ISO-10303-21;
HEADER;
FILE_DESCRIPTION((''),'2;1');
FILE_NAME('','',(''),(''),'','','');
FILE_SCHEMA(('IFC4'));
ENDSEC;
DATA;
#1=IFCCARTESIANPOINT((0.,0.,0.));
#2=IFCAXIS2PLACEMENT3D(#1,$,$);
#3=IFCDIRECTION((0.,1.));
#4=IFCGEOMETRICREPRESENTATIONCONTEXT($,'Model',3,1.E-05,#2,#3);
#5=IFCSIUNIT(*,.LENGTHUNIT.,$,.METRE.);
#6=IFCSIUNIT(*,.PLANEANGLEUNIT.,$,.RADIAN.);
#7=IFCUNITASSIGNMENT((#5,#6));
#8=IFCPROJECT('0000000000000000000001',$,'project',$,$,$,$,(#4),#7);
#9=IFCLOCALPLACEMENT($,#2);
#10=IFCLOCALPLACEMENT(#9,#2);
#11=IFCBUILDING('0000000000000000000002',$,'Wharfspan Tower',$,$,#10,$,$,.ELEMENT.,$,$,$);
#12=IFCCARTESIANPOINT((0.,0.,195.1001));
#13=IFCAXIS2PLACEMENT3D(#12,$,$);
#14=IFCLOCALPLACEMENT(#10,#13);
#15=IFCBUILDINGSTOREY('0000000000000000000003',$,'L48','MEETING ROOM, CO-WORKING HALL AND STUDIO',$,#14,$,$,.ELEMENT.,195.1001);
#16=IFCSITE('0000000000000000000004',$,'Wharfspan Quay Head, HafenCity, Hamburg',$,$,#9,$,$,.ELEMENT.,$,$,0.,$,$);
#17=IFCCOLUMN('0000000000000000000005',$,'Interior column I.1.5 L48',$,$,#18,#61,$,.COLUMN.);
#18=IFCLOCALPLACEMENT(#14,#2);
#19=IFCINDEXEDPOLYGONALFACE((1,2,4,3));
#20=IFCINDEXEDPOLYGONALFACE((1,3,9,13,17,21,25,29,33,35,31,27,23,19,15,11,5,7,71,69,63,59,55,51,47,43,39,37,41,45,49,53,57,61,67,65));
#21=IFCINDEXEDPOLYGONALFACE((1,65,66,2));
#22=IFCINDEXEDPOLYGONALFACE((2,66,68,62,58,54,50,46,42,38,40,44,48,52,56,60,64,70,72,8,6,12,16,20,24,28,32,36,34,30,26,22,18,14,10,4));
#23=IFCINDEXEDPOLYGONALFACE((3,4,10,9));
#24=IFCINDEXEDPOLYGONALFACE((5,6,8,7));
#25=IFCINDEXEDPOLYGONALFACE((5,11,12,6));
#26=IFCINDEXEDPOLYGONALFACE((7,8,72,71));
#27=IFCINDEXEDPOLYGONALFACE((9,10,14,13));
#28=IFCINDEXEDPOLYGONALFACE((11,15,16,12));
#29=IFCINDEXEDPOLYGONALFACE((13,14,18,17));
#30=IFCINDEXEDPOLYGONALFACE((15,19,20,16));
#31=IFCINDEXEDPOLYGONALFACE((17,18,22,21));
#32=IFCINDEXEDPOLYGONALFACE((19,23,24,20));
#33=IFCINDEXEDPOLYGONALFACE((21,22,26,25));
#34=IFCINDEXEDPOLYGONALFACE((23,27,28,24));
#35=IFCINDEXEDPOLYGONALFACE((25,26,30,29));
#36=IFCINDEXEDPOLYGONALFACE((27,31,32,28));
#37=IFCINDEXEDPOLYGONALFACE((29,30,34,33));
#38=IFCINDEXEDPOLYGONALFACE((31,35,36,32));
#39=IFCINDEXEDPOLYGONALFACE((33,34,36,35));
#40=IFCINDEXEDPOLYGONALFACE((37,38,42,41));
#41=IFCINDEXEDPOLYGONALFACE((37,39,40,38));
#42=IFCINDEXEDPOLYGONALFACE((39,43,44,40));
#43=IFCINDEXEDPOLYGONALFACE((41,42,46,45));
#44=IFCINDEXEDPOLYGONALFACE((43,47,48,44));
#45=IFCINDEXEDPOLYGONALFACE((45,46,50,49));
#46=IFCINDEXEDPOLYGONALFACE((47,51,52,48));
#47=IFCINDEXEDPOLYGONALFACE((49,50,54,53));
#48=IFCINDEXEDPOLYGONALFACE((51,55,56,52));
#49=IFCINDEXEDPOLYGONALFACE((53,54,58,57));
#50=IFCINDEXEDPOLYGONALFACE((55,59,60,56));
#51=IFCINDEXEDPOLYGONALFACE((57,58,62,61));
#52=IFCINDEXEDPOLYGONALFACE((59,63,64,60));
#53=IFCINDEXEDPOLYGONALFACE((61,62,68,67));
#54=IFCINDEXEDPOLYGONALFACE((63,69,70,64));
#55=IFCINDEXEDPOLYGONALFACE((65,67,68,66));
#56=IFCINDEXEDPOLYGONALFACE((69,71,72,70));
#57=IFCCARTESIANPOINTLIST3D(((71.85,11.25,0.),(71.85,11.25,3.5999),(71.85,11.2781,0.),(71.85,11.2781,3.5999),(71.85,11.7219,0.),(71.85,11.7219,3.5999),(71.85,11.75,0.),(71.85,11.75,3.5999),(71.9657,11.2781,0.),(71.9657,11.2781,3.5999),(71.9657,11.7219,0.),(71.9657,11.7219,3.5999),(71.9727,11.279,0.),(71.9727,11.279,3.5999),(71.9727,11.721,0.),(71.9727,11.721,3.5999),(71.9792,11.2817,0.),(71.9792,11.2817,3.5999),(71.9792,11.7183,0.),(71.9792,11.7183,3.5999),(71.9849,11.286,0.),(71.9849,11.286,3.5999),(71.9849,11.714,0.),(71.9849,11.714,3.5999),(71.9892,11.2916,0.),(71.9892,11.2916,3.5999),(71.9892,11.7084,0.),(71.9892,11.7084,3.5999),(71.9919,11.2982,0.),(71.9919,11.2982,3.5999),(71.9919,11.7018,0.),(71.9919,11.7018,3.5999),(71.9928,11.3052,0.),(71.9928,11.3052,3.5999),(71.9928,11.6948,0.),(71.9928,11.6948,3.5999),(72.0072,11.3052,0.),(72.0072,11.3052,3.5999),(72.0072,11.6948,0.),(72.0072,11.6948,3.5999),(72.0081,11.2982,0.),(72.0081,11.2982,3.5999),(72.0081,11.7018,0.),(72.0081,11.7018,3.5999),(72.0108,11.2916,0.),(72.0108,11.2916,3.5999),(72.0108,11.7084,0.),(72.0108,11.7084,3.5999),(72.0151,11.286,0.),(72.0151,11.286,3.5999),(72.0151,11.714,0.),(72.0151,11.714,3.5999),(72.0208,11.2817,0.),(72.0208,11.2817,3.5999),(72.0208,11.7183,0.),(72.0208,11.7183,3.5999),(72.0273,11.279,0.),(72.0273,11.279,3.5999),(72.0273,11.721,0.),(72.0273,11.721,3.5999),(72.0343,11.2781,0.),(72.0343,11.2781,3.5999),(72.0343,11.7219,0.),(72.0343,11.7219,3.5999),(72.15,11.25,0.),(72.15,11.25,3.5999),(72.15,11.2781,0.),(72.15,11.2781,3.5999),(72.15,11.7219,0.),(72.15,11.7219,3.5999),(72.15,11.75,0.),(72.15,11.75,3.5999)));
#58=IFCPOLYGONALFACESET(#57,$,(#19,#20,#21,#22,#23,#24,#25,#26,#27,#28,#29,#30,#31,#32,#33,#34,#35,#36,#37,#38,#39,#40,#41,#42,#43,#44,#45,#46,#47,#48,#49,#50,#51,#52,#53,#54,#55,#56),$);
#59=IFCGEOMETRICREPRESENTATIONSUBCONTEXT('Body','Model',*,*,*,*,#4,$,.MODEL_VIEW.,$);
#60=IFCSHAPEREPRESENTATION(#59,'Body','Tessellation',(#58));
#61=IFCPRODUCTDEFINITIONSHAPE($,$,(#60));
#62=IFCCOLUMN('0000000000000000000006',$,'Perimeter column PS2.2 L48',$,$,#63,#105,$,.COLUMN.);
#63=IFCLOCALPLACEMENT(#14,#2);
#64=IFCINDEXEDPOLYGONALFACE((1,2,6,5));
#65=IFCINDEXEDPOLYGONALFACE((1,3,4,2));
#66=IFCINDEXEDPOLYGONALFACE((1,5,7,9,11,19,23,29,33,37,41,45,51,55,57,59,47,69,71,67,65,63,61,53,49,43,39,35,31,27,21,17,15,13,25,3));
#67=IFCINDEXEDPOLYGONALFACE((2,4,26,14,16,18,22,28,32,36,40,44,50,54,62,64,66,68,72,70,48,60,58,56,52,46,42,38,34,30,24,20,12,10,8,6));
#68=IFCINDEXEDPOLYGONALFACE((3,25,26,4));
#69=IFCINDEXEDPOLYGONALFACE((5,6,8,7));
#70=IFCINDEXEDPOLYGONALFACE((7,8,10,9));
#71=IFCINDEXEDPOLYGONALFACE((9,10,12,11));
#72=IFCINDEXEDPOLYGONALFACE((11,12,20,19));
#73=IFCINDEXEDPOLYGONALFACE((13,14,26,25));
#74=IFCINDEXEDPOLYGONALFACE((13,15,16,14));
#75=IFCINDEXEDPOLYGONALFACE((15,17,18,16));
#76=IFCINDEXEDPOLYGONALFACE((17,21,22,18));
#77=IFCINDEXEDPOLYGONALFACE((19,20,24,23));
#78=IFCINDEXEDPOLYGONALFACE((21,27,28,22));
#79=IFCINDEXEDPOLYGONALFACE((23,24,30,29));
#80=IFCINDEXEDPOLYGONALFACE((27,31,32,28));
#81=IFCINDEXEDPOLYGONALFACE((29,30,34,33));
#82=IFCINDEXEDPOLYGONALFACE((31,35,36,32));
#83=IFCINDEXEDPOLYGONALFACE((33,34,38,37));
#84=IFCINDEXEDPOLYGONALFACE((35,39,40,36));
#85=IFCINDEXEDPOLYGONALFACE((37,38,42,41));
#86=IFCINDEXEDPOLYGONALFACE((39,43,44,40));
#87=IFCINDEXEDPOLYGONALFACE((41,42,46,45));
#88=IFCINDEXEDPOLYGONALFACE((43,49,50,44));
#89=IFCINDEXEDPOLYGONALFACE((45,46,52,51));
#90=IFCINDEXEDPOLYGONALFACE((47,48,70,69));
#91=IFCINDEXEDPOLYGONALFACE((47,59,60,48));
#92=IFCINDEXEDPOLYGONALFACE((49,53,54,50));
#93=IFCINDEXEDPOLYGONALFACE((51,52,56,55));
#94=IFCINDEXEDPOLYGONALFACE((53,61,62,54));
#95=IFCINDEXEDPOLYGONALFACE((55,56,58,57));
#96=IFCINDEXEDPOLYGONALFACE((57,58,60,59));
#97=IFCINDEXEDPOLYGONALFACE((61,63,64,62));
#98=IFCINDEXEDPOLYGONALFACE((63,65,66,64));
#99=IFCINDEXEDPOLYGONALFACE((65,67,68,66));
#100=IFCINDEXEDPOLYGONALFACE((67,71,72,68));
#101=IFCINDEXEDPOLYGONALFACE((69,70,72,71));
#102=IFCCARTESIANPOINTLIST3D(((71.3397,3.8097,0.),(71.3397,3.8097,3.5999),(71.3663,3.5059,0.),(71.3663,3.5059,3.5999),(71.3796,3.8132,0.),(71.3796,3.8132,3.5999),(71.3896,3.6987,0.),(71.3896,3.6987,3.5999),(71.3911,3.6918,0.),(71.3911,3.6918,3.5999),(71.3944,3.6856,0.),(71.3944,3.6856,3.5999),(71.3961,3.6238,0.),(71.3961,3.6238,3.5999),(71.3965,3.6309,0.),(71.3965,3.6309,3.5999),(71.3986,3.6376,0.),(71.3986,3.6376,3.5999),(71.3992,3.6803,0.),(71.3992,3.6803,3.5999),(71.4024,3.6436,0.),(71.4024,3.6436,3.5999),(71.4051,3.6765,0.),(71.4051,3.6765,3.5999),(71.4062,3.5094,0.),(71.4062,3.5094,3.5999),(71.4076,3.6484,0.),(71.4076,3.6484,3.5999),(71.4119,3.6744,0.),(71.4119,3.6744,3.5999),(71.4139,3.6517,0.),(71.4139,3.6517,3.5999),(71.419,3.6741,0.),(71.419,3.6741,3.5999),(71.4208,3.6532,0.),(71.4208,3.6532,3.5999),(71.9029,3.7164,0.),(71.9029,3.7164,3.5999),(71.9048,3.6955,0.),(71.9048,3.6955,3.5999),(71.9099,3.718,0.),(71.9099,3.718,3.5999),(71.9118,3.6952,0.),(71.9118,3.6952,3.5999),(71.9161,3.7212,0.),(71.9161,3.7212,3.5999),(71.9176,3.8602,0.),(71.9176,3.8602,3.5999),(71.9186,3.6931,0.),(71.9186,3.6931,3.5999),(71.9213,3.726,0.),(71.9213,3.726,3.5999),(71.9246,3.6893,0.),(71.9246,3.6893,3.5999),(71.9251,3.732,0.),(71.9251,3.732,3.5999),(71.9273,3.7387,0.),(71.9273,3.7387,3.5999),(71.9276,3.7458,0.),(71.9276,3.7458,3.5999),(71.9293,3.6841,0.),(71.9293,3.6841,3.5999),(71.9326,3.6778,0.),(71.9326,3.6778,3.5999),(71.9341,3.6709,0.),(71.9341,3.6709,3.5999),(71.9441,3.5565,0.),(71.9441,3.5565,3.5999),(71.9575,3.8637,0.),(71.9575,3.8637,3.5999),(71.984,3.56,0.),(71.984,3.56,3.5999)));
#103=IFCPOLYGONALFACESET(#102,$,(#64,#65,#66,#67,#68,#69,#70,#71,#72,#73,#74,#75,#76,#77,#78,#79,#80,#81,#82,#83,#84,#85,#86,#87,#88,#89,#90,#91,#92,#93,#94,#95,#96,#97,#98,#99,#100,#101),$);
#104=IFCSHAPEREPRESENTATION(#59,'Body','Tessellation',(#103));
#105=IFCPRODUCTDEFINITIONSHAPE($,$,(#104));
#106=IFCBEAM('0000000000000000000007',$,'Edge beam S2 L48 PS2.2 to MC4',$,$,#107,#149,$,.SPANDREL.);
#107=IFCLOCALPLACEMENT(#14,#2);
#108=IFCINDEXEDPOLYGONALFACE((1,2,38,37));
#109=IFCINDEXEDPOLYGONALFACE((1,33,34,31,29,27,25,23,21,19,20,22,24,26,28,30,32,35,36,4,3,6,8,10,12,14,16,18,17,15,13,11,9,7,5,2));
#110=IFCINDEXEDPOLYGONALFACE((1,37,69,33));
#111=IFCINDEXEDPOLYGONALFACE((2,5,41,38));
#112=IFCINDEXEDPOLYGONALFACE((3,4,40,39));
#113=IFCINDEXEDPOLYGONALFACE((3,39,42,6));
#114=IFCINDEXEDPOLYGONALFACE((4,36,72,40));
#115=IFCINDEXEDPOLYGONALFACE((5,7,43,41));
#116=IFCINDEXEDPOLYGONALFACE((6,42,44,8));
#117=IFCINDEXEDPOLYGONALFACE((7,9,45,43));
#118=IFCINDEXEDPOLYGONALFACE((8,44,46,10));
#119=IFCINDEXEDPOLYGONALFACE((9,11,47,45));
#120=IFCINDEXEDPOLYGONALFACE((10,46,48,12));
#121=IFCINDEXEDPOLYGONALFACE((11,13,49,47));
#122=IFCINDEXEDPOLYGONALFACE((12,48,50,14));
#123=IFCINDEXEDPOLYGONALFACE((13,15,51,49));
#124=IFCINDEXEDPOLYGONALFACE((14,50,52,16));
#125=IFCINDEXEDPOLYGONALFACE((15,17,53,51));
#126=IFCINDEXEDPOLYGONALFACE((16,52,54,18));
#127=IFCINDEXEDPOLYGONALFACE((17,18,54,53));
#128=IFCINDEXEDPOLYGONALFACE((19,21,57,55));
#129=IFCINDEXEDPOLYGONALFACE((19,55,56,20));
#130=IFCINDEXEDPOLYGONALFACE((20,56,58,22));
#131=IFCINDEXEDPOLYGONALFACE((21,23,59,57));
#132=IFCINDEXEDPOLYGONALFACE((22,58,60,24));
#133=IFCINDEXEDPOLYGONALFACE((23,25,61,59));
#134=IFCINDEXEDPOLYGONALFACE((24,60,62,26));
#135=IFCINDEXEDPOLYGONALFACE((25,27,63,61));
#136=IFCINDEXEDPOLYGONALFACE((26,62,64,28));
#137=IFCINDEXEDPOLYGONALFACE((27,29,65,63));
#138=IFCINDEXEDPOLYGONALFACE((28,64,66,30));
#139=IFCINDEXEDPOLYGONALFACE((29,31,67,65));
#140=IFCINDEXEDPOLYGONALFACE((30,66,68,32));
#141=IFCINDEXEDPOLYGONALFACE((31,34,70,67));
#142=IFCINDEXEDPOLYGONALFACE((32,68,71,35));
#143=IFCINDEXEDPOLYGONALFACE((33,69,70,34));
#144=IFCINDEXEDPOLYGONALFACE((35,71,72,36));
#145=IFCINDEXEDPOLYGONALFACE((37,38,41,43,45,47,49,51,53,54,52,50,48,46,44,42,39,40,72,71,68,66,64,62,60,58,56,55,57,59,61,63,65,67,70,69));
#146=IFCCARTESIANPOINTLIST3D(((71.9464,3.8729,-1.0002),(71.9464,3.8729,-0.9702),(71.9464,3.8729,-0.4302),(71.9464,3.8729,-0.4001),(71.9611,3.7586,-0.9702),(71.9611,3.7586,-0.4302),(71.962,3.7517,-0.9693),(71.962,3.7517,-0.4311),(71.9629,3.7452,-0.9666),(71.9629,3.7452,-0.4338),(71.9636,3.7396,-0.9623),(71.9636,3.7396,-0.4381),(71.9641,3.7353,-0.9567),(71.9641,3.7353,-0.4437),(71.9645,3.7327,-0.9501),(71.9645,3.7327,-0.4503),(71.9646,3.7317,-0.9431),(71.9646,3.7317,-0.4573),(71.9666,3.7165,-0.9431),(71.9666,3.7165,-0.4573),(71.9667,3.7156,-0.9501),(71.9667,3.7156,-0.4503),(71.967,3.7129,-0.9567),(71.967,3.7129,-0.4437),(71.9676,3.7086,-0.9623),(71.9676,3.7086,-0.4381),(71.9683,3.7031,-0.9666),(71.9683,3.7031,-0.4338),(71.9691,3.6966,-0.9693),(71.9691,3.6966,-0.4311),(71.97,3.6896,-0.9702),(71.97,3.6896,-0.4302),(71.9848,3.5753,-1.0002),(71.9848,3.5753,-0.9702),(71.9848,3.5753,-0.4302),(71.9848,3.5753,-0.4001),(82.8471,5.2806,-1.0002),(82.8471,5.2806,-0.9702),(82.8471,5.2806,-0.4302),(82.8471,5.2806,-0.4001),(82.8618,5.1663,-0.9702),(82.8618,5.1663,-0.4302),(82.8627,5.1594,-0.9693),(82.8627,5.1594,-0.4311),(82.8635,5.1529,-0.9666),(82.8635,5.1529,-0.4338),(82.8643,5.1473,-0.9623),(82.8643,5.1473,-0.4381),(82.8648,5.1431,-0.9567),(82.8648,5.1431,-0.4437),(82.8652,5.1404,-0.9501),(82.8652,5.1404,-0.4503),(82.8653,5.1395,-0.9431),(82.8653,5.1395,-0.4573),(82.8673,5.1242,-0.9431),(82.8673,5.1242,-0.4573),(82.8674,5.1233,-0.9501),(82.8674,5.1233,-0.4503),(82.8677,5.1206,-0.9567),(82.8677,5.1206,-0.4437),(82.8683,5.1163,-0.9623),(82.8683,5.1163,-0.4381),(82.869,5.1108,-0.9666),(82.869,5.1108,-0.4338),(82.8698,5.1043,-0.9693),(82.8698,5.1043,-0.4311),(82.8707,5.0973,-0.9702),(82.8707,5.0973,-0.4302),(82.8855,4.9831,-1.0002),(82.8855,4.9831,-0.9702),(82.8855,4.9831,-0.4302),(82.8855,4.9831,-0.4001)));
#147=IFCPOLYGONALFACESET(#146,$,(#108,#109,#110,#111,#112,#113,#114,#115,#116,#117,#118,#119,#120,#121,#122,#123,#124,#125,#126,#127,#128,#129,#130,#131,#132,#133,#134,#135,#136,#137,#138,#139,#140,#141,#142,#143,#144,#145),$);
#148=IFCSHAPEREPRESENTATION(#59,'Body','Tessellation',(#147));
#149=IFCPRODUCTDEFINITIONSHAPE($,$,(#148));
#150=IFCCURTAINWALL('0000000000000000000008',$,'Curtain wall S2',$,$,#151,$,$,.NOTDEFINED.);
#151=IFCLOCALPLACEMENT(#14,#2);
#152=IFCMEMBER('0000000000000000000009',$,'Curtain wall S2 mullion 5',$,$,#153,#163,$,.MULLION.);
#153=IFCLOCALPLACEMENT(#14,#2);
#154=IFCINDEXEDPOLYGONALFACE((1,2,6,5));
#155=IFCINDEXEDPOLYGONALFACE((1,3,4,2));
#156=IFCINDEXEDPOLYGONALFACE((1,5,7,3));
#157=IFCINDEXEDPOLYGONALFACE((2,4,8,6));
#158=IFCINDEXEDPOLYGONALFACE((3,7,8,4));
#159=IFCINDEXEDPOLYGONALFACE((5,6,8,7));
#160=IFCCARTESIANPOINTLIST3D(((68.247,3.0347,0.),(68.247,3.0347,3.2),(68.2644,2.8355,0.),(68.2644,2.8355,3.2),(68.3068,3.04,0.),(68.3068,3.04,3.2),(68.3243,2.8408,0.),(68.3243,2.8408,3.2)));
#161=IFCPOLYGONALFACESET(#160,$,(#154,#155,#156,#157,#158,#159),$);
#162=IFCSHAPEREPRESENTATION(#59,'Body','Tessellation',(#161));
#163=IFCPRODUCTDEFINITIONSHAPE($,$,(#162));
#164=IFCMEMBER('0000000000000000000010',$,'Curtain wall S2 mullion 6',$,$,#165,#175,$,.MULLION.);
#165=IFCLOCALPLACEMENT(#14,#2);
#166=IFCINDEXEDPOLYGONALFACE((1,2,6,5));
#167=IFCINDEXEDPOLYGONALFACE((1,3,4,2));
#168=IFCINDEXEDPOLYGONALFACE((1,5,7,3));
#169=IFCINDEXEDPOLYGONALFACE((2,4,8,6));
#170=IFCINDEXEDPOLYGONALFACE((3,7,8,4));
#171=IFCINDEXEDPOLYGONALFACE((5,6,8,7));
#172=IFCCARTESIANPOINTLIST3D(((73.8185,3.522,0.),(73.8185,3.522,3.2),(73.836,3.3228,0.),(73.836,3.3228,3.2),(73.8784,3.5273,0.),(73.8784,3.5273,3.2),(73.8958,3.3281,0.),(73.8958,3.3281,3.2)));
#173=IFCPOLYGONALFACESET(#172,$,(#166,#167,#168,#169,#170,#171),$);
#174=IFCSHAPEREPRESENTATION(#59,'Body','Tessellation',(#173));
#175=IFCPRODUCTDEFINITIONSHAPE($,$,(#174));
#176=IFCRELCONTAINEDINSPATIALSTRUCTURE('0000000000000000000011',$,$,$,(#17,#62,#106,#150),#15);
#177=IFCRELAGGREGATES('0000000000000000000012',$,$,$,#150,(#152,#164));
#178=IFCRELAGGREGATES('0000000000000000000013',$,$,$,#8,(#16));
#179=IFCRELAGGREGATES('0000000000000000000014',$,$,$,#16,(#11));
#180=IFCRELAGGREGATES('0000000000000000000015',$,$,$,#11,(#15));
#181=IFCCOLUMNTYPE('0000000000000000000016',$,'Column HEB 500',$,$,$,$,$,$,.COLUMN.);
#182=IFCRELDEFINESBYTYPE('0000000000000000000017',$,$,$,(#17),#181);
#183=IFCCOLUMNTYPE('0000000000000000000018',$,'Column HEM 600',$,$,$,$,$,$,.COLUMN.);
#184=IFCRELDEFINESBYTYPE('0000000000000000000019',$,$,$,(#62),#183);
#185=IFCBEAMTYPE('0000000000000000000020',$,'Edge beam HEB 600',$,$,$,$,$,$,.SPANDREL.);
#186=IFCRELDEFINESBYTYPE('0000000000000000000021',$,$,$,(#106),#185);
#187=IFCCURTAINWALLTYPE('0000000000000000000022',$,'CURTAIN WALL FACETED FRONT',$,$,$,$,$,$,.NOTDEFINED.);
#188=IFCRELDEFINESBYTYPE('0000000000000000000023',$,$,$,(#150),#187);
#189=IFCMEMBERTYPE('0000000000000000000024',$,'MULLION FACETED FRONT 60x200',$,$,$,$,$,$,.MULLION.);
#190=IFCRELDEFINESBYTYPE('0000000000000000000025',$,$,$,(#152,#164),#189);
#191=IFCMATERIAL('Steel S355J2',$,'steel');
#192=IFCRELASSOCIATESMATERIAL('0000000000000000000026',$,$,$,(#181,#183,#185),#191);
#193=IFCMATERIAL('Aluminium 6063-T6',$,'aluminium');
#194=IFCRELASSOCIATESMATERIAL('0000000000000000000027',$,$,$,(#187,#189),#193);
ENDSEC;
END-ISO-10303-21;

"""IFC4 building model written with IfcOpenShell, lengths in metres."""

from ifc_helpers import new_model, si_unit, direction, frame, origin, origin_2d, place, context, subcontext, project, spatial, rectangle, i_section, extrude, material, material_profile, profile_set, type_object, element, aggregate, save


model = new_model("IFC4")

# Units and contexts
model_context = context("Model", 3, precision=1e-05, world=origin(), true_north=direction((0.0, 1.0)))
body_context = subcontext(model_context, "Body", "Model", "MODEL_VIEW")
ifc_project = project(units=[si_unit("LENGTHUNIT", "METRE"), si_unit("PLANEANGLEUNIT", "RADIAN")], contexts=[model_context])

# Site, building, storey
site_placement = place(None, origin())
site = spatial("IfcSite", under=ifc_project, at=site_placement, Name="Wharfspan Quay Head, HafenCity, Hamburg", CompositionType="ELEMENT", RefElevation=0.0)
building_placement = place(site_placement, origin())
building = spatial("IfcBuilding", under=site, at=building_placement, Name="Wharfspan Tower", CompositionType="ELEMENT")
storey_placement = place(building_placement, frame((0.0, 0.0, 195.1001)))
storey = spatial("IfcBuildingStorey", under=building, at=storey_placement, Name="L48", Description="MEETING ROOM, CO-WORKING HALL AND STUDIO", CompositionType="ELEMENT", Elevation=195.1001)

# Columns
ifc_material_1 = material(Name="Steel S355J2", Category="steel")
ifc_material_profile_1 = material_profile(ifc_material_1, i_section(OverallWidth=0.3, OverallDepth=0.5, WebThickness=0.0144, FlangeThickness=0.0281, FilletRadius=0.0271, at=origin_2d()))
ifc_profile_set_1 = profile_set([ifc_material_profile_1], Name="Steel S355J2")
column_type_1 = type_object("IfcColumnType", Name="Column HEB 500", PredefinedType="COLUMN", material=ifc_profile_set_1)
column_1_placement = place(storey_placement, frame((72.0, 11.5, 0.0), z_axis=(0.0, 0.0, 1.0), x_axis=(1.0, 0.0, 0.0)))
element("IfcColumn", 1, at=column_1_placement, inside=storey, type_object=column_type_1, Name="Interior column I.1.5 L48", PredefinedType="COLUMN", context=body_context, shape_type="SweptSolid", body=[
    extrude(i_section(OverallWidth=0.3, OverallDepth=0.5, WebThickness=0.0144, FlangeThickness=0.0281, FilletRadius=0.0271, at=origin_2d()), origin(), (0.0, 0.0, 1.0), 3.5999),
])
ifc_material_profile_2 = material_profile(ifc_material_1, i_section(OverallWidth=0.3049, OverallDepth=0.6201, WebThickness=0.021, FlangeThickness=0.04, FilletRadius=0.0271, at=origin_2d()))
ifc_profile_set_2 = profile_set([ifc_material_profile_2], Name="Steel S355J2")
column_type_2 = type_object("IfcColumnType", Name="Column HEM 600", PredefinedType="COLUMN", material=ifc_profile_set_2)
column_2_placement = place(storey_placement, frame((71.6619, 3.6848, 0.0), z_axis=(0.0, 0.0, 1.0), x_axis=(0.087156, -0.996198, 0.0)))
element("IfcColumn", 2, at=column_2_placement, inside=storey, type_object=column_type_2, Name="Perimeter column PS2.2 L48", PredefinedType="COLUMN", context=body_context, shape_type="SweptSolid", body=[
    extrude(i_section(OverallWidth=0.3049, OverallDepth=0.6201, WebThickness=0.021, FlangeThickness=0.04, FilletRadius=0.0271, at=origin_2d()), origin(), (0.0, 0.0, 1.0), 3.5999),
])

# Beam
ifc_material_profile_3 = material_profile(ifc_material_1, i_section(OverallWidth=0.3, OverallDepth=0.6001, WebThickness=0.0154, FlangeThickness=0.03, FilletRadius=0.0271, at=origin_2d()))
ifc_profile_set_3 = profile_set([ifc_material_profile_3], Name="Steel S355J2")
beam_type = type_object("IfcBeamType", Name="Edge beam HEB 600", PredefinedType="SPANDREL", material=ifc_profile_set_3)
beam_placement = place(storey_placement, frame((71.9656, 3.7241, -0.7002), z_axis=(0.991764, 0.128077, 0.0), x_axis=(-0.128077, 0.991764, 0.0)))
element("IfcBeam", 3, at=beam_placement, inside=storey, type_object=beam_type, Name="Edge beam S2 L48 PS2.2 to MC4", PredefinedType="SPANDREL", context=body_context, shape_type="SweptSolid", body=[
    extrude(i_section(OverallWidth=0.3, OverallDepth=0.6001, WebThickness=0.0154, FlangeThickness=0.03, FilletRadius=0.0271, at=origin_2d()), origin(), (0.0, 0.0, 1.0), 10.9912),
])

# Curtain wall, members
ifc_material_2 = material(Name="Aluminium 6063-T6", Category="aluminium")
curtain_wall_type = type_object("IfcCurtainWallType", Name="CURTAIN WALL FACETED FRONT", PredefinedType="NOTDEFINED", material=ifc_material_2)
curtain_wall_placement = place(storey_placement, origin())
curtain_wall = element("IfcCurtainWall", 4, at=curtain_wall_placement, inside=storey, type_object=curtain_wall_type, Name="Curtain wall S2", PredefinedType="NOTDEFINED")
ifc_material_profile_4 = material_profile(ifc_material_2, rectangle(XDim=0.2, YDim=0.0601, at=origin_2d()))
ifc_profile_set_4 = profile_set([ifc_material_profile_4], Name="Aluminium 6063-T6")
member_type_1 = type_object("IfcMemberType", Name="MULLION FACETED FRONT 60x200", PredefinedType="MULLION", material=ifc_profile_set_4)
member_1_placement = place(storey_placement, frame((68.2856, 2.9377, 0.0), z_axis=(0.0, 0.0, 1.0), x_axis=(-0.087156, 0.996198, 0.0)))
member_1 = element("IfcMember", 5, at=member_1_placement, type_object=member_type_1, Name="Curtain wall S2 mullion 5", PredefinedType="MULLION", context=body_context, shape_type="SweptSolid", body=[
    extrude(rectangle(XDim=0.2, YDim=0.0601, at=origin_2d()), origin(), (0.0, 0.0, 1.0), 3.2),
])
member_2_placement = place(storey_placement, frame((73.8572, 3.425, 0.0), z_axis=(0.0, 0.0, 1.0), x_axis=(-0.087156, 0.996198, 0.0)))
member_2 = element("IfcMember", 6, at=member_2_placement, type_object=member_type_1, Name="Curtain wall S2 mullion 6", PredefinedType="MULLION", context=body_context, shape_type="SweptSolid", body=[
    extrude(rectangle(XDim=0.2, YDim=0.0601, at=origin_2d()), origin(), (0.0, 0.0, 1.0), 3.2),
])

aggregate(curtain_wall, [member_1, member_2])

save(model, "model.ifc")
